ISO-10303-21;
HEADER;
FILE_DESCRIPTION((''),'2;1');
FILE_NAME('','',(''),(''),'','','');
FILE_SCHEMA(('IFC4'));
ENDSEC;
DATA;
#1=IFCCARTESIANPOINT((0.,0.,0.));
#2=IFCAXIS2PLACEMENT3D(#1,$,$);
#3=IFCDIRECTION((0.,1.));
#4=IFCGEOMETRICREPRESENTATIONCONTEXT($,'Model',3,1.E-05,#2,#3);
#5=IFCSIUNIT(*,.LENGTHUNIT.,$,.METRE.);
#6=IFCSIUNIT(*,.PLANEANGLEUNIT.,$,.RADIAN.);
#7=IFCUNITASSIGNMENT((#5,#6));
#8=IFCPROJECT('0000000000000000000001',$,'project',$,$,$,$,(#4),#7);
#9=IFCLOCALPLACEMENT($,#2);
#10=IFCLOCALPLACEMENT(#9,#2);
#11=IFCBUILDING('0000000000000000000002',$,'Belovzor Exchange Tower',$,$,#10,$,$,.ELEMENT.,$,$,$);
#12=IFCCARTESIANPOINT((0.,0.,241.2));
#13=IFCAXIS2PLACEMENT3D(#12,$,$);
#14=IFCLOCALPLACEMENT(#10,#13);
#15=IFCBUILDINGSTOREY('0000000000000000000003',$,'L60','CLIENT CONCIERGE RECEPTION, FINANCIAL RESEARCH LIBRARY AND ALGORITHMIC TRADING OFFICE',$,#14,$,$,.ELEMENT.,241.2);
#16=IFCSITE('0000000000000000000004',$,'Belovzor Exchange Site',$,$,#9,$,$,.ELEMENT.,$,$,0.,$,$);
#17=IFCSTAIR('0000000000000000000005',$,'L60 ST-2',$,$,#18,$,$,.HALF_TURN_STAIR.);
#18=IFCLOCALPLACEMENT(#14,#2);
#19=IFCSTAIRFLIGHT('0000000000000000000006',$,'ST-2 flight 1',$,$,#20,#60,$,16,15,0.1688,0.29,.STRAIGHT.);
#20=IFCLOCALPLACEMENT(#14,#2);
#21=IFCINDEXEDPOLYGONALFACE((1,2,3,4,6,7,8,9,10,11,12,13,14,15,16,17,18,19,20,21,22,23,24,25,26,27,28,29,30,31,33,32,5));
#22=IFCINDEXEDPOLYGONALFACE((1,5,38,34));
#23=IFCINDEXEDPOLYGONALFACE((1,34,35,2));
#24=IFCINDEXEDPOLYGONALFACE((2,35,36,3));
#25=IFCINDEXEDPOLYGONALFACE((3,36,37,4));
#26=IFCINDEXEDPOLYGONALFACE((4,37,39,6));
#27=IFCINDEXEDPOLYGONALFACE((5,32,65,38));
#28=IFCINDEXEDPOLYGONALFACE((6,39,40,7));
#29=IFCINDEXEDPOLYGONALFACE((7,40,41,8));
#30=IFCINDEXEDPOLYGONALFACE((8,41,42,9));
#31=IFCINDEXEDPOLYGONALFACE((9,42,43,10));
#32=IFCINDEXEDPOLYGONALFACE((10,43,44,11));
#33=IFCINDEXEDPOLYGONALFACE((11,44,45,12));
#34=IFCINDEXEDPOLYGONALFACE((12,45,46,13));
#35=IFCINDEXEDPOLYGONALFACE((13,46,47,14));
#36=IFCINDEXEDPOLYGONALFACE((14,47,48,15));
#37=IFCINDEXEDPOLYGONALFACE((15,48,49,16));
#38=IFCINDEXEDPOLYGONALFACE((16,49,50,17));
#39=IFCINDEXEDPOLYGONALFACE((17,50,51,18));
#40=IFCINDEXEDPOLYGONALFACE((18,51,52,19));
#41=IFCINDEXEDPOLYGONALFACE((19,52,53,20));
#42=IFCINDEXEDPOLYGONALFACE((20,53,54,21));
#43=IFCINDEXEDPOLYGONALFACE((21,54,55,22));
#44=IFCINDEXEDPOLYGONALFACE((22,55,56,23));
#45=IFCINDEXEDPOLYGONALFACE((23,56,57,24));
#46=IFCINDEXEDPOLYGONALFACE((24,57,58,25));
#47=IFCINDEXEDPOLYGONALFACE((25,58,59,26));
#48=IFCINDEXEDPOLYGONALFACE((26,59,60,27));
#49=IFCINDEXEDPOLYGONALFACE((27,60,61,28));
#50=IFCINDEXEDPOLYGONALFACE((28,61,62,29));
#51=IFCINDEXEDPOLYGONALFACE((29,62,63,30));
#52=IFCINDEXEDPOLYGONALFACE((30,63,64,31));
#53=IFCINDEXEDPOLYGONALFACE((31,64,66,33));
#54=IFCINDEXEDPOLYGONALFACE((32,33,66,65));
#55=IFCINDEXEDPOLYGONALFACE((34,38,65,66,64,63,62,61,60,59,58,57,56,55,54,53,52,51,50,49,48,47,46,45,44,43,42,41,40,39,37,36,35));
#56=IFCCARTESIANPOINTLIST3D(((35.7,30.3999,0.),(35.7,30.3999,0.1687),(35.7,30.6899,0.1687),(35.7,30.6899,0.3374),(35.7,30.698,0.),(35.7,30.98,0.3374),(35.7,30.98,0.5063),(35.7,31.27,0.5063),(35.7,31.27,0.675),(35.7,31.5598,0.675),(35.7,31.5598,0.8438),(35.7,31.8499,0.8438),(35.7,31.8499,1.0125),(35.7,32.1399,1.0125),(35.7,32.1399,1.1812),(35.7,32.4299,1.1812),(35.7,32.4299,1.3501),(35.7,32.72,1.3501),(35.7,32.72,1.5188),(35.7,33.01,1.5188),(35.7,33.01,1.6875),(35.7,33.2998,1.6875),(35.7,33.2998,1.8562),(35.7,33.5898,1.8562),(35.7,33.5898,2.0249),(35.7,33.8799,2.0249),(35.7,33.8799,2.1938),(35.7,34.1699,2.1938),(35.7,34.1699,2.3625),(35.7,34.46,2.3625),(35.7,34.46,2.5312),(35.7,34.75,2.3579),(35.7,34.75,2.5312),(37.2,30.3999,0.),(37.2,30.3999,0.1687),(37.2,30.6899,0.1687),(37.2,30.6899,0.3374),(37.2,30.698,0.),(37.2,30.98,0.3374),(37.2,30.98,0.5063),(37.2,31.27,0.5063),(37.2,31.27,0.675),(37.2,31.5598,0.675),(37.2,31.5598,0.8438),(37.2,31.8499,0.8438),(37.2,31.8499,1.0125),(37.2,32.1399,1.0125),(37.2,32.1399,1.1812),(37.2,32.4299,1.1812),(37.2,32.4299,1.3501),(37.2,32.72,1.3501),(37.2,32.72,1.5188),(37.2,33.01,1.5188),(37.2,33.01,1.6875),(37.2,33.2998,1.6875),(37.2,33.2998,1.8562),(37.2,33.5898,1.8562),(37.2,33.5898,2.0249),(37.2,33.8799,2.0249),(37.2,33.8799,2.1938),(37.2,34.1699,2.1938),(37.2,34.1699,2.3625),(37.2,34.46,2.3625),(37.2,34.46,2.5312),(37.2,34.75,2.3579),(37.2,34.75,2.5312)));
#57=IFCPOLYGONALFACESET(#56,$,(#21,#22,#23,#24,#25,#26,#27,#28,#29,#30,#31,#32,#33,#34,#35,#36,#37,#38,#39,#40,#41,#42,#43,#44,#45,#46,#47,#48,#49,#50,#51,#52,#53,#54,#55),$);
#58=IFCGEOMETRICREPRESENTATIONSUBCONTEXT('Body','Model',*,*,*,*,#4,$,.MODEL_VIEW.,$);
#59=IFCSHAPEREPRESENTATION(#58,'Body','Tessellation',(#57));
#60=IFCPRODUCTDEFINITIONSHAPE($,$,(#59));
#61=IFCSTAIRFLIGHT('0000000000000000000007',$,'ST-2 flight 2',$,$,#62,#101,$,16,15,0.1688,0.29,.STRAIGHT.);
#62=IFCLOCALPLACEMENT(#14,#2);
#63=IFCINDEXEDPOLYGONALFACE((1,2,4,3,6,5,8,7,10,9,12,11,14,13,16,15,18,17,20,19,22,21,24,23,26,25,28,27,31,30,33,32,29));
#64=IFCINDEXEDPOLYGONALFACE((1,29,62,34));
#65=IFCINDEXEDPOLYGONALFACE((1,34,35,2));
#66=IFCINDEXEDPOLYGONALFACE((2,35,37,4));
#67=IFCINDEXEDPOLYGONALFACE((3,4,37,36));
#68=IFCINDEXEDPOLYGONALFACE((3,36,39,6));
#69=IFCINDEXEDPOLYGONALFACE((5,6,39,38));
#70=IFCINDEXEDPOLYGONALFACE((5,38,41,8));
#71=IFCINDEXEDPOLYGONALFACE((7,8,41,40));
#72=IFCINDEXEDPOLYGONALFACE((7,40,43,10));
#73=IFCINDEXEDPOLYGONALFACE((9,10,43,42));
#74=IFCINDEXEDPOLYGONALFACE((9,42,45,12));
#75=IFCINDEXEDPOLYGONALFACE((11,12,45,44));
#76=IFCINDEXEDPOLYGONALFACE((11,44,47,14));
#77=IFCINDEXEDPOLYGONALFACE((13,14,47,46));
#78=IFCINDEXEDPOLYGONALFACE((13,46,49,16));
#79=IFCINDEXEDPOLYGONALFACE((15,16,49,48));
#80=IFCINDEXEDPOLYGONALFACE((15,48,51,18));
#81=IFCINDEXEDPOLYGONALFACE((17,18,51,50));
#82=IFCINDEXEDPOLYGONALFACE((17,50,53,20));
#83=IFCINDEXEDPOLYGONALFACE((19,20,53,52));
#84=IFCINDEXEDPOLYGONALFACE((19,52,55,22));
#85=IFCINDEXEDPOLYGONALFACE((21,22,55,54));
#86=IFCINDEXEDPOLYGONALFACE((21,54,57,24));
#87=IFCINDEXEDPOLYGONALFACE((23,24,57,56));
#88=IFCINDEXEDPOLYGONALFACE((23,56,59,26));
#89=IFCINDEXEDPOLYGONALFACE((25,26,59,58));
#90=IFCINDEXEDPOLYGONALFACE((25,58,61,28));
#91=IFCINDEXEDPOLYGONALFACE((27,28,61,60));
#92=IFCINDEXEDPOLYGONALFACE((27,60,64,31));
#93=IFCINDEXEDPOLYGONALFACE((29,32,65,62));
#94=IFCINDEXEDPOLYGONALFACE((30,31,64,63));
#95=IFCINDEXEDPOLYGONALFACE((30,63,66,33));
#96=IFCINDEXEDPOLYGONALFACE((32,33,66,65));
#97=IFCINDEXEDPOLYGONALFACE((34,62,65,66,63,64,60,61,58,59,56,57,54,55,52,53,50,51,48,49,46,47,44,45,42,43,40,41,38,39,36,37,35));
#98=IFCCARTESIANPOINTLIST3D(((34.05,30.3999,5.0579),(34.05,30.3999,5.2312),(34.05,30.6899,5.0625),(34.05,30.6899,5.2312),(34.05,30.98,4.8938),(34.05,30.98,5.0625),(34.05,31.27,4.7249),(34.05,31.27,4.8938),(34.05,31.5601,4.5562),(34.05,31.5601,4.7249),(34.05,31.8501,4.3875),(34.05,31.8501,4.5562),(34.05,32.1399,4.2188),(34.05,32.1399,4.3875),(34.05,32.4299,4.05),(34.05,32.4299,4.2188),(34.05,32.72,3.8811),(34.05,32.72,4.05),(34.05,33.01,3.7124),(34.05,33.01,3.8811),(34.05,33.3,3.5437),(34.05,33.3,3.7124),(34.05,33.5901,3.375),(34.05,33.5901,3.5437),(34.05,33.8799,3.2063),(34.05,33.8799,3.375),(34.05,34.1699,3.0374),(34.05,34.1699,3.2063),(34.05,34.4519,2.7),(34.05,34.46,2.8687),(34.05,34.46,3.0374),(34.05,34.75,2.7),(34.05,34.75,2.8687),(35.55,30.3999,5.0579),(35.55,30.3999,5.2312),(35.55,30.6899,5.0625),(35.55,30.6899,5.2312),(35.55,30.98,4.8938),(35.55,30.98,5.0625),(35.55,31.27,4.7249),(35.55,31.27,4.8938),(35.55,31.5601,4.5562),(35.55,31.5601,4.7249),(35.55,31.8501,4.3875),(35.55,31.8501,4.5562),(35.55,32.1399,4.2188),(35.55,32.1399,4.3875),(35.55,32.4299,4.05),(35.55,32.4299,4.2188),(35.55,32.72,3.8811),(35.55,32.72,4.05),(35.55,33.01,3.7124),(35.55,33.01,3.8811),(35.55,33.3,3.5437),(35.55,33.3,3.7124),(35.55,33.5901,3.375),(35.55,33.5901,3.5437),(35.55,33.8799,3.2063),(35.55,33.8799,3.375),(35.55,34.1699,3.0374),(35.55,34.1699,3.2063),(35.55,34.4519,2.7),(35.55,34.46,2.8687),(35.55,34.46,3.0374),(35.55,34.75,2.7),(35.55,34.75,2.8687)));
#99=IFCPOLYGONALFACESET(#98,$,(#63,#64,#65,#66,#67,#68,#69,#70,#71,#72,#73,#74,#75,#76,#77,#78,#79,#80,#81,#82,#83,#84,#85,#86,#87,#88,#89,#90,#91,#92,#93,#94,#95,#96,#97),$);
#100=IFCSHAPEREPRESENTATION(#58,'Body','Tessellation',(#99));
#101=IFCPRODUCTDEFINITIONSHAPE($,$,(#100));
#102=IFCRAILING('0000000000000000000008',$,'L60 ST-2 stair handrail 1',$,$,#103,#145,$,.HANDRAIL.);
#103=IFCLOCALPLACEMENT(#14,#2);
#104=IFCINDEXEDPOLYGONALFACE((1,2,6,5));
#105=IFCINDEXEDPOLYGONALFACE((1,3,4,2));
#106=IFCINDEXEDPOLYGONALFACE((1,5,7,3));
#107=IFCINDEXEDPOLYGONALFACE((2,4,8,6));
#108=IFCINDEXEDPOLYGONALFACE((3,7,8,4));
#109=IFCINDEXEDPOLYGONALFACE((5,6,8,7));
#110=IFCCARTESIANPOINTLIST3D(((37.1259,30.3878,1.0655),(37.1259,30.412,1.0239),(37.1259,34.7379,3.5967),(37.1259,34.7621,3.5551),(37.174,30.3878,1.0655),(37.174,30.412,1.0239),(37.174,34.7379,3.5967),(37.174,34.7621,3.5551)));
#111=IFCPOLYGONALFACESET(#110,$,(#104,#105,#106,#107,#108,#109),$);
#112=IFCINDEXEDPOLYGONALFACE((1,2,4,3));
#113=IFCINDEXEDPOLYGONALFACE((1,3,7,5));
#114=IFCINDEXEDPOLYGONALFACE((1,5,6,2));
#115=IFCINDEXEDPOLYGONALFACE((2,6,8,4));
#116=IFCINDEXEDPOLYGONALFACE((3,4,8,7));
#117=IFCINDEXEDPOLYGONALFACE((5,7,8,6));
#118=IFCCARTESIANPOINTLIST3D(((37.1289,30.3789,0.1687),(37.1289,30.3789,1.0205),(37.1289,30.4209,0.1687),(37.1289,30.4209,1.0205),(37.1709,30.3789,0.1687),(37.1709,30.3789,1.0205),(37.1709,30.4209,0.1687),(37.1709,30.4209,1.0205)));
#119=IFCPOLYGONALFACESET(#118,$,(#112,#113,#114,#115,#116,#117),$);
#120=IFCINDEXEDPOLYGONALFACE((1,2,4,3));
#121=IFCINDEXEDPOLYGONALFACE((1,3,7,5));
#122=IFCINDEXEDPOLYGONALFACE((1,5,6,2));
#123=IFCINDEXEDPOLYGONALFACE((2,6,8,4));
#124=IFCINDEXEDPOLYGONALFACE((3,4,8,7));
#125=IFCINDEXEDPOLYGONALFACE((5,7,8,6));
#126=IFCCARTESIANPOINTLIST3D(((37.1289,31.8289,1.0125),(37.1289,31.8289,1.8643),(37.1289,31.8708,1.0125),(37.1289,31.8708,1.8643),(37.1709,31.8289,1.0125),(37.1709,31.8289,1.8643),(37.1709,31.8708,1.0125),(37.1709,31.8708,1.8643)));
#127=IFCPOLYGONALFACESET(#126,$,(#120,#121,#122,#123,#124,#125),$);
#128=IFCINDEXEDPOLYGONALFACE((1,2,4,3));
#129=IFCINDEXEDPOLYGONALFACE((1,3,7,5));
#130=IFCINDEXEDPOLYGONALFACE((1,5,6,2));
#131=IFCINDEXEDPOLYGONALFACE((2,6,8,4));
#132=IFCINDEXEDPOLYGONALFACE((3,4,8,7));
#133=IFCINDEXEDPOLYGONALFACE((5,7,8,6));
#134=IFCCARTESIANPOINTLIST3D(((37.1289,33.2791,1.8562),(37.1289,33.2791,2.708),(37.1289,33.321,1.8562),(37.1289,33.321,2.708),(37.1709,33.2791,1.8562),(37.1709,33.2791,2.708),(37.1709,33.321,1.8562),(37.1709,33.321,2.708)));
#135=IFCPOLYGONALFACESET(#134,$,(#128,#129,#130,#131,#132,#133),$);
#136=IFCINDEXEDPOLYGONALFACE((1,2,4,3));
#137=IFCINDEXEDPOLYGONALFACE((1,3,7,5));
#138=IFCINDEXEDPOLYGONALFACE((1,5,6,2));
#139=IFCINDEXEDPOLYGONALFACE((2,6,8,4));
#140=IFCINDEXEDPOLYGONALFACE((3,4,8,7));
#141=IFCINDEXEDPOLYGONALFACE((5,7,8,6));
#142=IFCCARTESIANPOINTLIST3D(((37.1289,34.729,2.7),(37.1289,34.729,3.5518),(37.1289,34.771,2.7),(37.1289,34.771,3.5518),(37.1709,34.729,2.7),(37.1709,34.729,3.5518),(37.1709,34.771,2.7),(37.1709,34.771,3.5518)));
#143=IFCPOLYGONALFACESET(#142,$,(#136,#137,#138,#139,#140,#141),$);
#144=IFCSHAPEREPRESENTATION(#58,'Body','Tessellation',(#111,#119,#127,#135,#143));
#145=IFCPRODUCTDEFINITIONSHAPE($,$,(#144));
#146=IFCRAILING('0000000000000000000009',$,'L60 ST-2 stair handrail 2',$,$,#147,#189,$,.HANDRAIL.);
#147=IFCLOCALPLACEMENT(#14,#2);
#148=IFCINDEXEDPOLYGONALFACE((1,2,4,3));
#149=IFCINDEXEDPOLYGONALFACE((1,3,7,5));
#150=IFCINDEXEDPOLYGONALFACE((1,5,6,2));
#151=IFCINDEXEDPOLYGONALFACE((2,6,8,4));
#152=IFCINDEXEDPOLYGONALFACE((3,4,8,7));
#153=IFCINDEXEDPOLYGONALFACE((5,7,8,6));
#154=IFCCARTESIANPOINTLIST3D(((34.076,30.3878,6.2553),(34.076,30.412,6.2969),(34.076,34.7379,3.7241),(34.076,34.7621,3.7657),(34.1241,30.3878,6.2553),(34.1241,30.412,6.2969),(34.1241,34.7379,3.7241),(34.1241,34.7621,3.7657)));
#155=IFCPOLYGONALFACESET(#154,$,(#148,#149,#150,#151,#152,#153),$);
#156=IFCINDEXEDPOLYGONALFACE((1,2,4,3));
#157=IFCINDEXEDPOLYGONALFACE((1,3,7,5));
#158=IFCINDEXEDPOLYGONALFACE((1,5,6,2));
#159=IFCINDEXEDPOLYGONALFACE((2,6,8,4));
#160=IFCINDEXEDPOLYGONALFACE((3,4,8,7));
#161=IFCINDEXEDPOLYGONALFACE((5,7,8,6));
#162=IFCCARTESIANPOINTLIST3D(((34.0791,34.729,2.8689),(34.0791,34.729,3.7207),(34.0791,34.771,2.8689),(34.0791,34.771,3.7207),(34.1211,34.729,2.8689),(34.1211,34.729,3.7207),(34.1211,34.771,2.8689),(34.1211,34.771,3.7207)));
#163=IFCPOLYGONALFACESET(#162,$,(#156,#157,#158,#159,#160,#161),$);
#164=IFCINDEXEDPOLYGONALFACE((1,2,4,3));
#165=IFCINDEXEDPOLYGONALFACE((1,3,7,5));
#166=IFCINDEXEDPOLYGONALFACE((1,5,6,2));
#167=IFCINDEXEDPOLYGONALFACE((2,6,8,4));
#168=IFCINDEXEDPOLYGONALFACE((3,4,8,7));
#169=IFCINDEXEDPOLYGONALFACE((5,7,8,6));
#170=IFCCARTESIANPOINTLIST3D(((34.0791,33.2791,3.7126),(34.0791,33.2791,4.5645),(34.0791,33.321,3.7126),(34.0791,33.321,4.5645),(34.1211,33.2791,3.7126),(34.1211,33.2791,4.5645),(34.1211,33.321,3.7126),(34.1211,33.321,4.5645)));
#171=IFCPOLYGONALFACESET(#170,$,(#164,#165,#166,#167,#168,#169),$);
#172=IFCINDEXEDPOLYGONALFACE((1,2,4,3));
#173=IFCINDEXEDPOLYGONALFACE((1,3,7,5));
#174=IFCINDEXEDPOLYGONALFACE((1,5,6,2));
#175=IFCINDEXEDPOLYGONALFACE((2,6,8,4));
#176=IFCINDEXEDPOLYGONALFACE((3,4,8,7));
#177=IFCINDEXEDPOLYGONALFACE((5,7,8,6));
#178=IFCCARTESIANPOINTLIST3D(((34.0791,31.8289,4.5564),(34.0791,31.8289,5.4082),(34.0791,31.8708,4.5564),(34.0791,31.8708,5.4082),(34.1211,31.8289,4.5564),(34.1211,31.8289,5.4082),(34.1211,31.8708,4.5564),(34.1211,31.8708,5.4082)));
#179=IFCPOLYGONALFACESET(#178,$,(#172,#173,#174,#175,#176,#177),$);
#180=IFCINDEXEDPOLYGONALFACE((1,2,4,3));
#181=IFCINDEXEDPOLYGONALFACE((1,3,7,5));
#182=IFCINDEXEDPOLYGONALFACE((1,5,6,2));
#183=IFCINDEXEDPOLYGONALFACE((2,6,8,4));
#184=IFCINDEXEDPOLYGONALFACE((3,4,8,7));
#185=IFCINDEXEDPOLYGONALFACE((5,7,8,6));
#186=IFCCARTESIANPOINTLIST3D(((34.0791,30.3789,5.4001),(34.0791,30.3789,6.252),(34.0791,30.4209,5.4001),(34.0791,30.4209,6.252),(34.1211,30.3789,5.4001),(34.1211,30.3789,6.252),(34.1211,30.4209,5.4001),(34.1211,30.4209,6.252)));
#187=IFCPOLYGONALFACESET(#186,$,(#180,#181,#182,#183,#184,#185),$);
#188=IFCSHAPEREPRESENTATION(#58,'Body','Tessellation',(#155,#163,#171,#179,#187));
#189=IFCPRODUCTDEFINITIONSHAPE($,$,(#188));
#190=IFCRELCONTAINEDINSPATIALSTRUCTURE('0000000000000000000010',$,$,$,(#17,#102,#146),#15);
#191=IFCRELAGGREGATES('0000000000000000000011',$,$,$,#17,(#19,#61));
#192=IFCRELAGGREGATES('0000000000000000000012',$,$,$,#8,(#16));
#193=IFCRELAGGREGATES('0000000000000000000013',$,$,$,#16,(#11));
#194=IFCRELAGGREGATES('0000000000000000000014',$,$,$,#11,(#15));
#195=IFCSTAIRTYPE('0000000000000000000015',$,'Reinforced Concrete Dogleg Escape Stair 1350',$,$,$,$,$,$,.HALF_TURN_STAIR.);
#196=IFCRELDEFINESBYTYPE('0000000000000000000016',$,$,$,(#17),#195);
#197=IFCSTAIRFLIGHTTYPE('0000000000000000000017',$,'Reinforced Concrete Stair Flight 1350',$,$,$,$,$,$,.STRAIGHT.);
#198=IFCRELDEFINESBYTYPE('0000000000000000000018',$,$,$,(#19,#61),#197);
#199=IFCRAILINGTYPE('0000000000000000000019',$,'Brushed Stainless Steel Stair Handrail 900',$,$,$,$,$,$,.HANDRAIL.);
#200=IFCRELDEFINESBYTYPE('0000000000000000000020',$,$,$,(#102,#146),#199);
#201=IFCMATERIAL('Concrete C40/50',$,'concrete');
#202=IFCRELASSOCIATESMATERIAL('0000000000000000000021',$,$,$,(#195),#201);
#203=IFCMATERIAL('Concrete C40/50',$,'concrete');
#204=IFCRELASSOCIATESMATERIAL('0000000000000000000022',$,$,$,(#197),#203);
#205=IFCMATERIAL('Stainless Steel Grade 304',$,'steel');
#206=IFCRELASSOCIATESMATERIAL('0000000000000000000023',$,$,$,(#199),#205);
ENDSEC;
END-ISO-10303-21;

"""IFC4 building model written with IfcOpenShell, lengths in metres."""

from ifc_helpers import new_model, si_unit, direction, frame, origin, origin_2d, place, context, subcontext, project, spatial, polyline, rectangle, outline, extrude, material, type_object, element, aggregate, save


model = new_model("IFC4")

# Units and contexts
model_context = context("Model", 3, precision=1e-05, world=origin(), true_north=direction((0.0, 1.0)))
body_context = subcontext(model_context, "Body", "Model", "MODEL_VIEW")
ifc_project = project(units=[si_unit("LENGTHUNIT", "METRE"), si_unit("PLANEANGLEUNIT", "RADIAN")], contexts=[model_context])

# Site, building, storey
site_placement = place(None, origin())
site = spatial("IfcSite", under=ifc_project, at=site_placement, Name="Belovzor Exchange Site", CompositionType="ELEMENT", RefElevation=0.0)
building_placement = place(site_placement, origin())
building = spatial("IfcBuilding", under=site, at=building_placement, Name="Belovzor Exchange Tower", CompositionType="ELEMENT")
storey_placement = place(building_placement, frame((0.0, 0.0, 241.2)))
storey = spatial("IfcBuildingStorey", under=building, at=storey_placement, Name="L60", Description="CLIENT CONCIERGE RECEPTION, FINANCIAL RESEARCH LIBRARY AND ALGORITHMIC TRADING OFFICE", CompositionType="ELEMENT", Elevation=241.2)

# Stair, stair flights
ifc_material_1 = material(Name="Concrete C40/50", Category="concrete")
stair_type = type_object("IfcStairType", Name="Reinforced Concrete Dogleg Escape Stair 1350", PredefinedType="HALF_TURN_STAIR", material=ifc_material_1)
stair_placement = place(storey_placement, origin())
stair = element("IfcStair", 1, at=stair_placement, inside=storey, type_object=stair_type, Name="L60 ST-2", PredefinedType="HALF_TURN_STAIR")
ifc_material_2 = material(Name="Concrete C40/50", Category="concrete")
stair_flight_type = type_object("IfcStairFlightType", Name="Reinforced Concrete Stair Flight 1350", PredefinedType="STRAIGHT", material=ifc_material_2)
stair_flight_1_placement = place(storey_placement, frame((36.45, 30.3999, 0.0), z_axis=(0.0, 0.0, 1.0), x_axis=(0.0, 1.0, 0.0)))
stair_flight_1 = element("IfcStairFlight", 2, at=stair_flight_1_placement, type_object=stair_flight_type, Name="ST-2 flight 1", NumberOfRisers=16, NumberOfTreads=15, PredefinedType="STRAIGHT", RiserHeight=0.1688, TreadLength=0.29, context=body_context, shape_type="SweptSolid", body=[
    extrude(outline(polyline([(0.0, 0.0), (0.0, 0.1687), (0.29, 0.1687), (0.29, 0.3374), (0.5801, 0.3374), (0.5801, 0.5063), (0.8701, 0.5063), (0.8701, 0.675), (1.1599, 0.675), (1.1599, 0.8438), (1.45, 0.8438), (1.45, 1.0125), (1.74, 1.0125), (1.74, 1.1812), (2.03, 1.1812), (2.03, 1.3501), (2.3201, 1.3501), (2.3201, 1.5188), (2.6101, 1.5188), (2.6101, 1.6875), (2.8999, 1.6875), (2.8999, 1.8562), (3.1899, 1.8562), (3.1899, 2.0249), (3.48, 2.0249), (3.48, 2.1938), (3.77, 2.1938), (3.77, 2.3625), (4.0601, 2.3625), (4.0601, 2.5312), (4.3501, 2.5312), (4.3501, 2.7), (4.3501, 2.3579), (0.2981, 0.0), (0.0, 0.0)])), frame((0.0, 0.75, 0.0), z_axis=(0.0, -1.0, 0.0), x_axis=(1.0, 0.0, 0.0)), (0.0, 0.0, 1.0), 1.5),
])
stair_flight_2_placement = place(storey_placement, frame((34.8, 34.75, 2.7), z_axis=(0.0, 0.0, 1.0), x_axis=(0.0, -1.0, 0.0)))
stair_flight_2 = element("IfcStairFlight", 3, at=stair_flight_2_placement, type_object=stair_flight_type, Name="ST-2 flight 2", NumberOfRisers=16, NumberOfTreads=15, PredefinedType="STRAIGHT", RiserHeight=0.1688, TreadLength=0.29, context=body_context, shape_type="SweptSolid", body=[
    extrude(outline(polyline([(0.0, 0.0), (0.0, 0.1687), (0.29, 0.1687), (0.29, 0.3374), (0.5801, 0.3374), (0.5801, 0.5063), (0.8701, 0.5063), (0.8701, 0.675), (1.1599, 0.675), (1.1599, 0.8438), (1.45, 0.8438), (1.45, 1.0125), (1.74, 1.0125), (1.74, 1.1812), (2.03, 1.1812), (2.03, 1.3501), (2.3201, 1.3501), (2.3201, 1.5188), (2.6101, 1.5188), (2.6101, 1.6875), (2.8999, 1.6875), (2.8999, 1.8562), (3.1899, 1.8562), (3.1899, 2.0249), (3.48, 2.0249), (3.48, 2.1938), (3.77, 2.1938), (3.77, 2.3625), (4.0601, 2.3625), (4.0601, 2.5312), (4.3501, 2.5312), (4.3501, 2.7), (4.3501, 2.3579), (0.2981, 0.0), (0.0, 0.0)])), frame((0.0, 0.75, 0.0), z_axis=(0.0, -1.0, 0.0), x_axis=(1.0, 0.0, 0.0)), (0.0, 0.0, 1.0), 1.5),
])
aggregate(stair, [stair_flight_1, stair_flight_2])

# Railings
ifc_material_3 = material(Name="Stainless Steel Grade 304", Category="steel")
railing_type_1 = type_object("IfcRailingType", Name="Brushed Stainless Steel Stair Handrail 900", PredefinedType="HANDRAIL", material=ifc_material_3)
railing_1_placement = place(storey_placement, frame((37.1499, 30.3999, 0.1687)))
element("IfcRailing", 4, at=railing_1_placement, inside=storey, type_object=railing_type_1, Name="L60 ST-2 stair handrail 1", PredefinedType="HANDRAIL", context=body_context, shape_type="SweptSolid", body=[
    extrude(rectangle(XDim=0.0481, YDim=0.0481, at=origin_2d()), frame((0.0, 0.0, 0.876), z_axis=(0.0, 0.864324, 0.502936), x_axis=(-1.0, 0.0, 0.0)), (0.0, 0.0, 1.0), 5.033),
    extrude(rectangle(XDim=0.042, YDim=0.042, at=origin_2d()), origin(), (0.0, 0.0, 1.0), 0.8518),
    extrude(rectangle(XDim=0.042, YDim=0.042, at=origin_2d()), frame((0.0, 1.45, 0.8438)), (0.0, 0.0, 1.0), 0.8518),
    extrude(rectangle(XDim=0.042, YDim=0.042, at=origin_2d()), frame((0.0, 2.9001, 1.6875)), (0.0, 0.0, 1.0), 0.8518),
    extrude(rectangle(XDim=0.042, YDim=0.042, at=origin_2d()), frame((0.0, 4.3501, 2.5312)), (0.0, 0.0, 1.0), 0.8518),
])
railing_2_placement = place(storey_placement, frame((34.1001, 34.75, 2.8689)))
element("IfcRailing", 5, at=railing_2_placement, inside=storey, type_object=railing_type_1, Name="L60 ST-2 stair handrail 2", PredefinedType="HANDRAIL", context=body_context, shape_type="SweptSolid", body=[
    extrude(rectangle(XDim=0.0481, YDim=0.0481, at=origin_2d()), frame((0.0, 0.0, 0.876), z_axis=(0.0, -0.864324, 0.502936), x_axis=(1.0, 0.0, 0.0)), (0.0, 0.0, 1.0), 5.033),
    extrude(rectangle(XDim=0.042, YDim=0.042, at=origin_2d()), origin(), (0.0, 0.0, 1.0), 0.8518),
    extrude(rectangle(XDim=0.042, YDim=0.042, at=origin_2d()), frame((0.0, -1.45, 0.8438)), (0.0, 0.0, 1.0), 0.8518),
    extrude(rectangle(XDim=0.042, YDim=0.042, at=origin_2d()), frame((0.0, -2.9001, 1.6875)), (0.0, 0.0, 1.0), 0.8518),
    extrude(rectangle(XDim=0.042, YDim=0.042, at=origin_2d()), frame((0.0, -4.3501, 2.5312)), (0.0, 0.0, 1.0), 0.8518),
])

save(model, "model.ifc")
